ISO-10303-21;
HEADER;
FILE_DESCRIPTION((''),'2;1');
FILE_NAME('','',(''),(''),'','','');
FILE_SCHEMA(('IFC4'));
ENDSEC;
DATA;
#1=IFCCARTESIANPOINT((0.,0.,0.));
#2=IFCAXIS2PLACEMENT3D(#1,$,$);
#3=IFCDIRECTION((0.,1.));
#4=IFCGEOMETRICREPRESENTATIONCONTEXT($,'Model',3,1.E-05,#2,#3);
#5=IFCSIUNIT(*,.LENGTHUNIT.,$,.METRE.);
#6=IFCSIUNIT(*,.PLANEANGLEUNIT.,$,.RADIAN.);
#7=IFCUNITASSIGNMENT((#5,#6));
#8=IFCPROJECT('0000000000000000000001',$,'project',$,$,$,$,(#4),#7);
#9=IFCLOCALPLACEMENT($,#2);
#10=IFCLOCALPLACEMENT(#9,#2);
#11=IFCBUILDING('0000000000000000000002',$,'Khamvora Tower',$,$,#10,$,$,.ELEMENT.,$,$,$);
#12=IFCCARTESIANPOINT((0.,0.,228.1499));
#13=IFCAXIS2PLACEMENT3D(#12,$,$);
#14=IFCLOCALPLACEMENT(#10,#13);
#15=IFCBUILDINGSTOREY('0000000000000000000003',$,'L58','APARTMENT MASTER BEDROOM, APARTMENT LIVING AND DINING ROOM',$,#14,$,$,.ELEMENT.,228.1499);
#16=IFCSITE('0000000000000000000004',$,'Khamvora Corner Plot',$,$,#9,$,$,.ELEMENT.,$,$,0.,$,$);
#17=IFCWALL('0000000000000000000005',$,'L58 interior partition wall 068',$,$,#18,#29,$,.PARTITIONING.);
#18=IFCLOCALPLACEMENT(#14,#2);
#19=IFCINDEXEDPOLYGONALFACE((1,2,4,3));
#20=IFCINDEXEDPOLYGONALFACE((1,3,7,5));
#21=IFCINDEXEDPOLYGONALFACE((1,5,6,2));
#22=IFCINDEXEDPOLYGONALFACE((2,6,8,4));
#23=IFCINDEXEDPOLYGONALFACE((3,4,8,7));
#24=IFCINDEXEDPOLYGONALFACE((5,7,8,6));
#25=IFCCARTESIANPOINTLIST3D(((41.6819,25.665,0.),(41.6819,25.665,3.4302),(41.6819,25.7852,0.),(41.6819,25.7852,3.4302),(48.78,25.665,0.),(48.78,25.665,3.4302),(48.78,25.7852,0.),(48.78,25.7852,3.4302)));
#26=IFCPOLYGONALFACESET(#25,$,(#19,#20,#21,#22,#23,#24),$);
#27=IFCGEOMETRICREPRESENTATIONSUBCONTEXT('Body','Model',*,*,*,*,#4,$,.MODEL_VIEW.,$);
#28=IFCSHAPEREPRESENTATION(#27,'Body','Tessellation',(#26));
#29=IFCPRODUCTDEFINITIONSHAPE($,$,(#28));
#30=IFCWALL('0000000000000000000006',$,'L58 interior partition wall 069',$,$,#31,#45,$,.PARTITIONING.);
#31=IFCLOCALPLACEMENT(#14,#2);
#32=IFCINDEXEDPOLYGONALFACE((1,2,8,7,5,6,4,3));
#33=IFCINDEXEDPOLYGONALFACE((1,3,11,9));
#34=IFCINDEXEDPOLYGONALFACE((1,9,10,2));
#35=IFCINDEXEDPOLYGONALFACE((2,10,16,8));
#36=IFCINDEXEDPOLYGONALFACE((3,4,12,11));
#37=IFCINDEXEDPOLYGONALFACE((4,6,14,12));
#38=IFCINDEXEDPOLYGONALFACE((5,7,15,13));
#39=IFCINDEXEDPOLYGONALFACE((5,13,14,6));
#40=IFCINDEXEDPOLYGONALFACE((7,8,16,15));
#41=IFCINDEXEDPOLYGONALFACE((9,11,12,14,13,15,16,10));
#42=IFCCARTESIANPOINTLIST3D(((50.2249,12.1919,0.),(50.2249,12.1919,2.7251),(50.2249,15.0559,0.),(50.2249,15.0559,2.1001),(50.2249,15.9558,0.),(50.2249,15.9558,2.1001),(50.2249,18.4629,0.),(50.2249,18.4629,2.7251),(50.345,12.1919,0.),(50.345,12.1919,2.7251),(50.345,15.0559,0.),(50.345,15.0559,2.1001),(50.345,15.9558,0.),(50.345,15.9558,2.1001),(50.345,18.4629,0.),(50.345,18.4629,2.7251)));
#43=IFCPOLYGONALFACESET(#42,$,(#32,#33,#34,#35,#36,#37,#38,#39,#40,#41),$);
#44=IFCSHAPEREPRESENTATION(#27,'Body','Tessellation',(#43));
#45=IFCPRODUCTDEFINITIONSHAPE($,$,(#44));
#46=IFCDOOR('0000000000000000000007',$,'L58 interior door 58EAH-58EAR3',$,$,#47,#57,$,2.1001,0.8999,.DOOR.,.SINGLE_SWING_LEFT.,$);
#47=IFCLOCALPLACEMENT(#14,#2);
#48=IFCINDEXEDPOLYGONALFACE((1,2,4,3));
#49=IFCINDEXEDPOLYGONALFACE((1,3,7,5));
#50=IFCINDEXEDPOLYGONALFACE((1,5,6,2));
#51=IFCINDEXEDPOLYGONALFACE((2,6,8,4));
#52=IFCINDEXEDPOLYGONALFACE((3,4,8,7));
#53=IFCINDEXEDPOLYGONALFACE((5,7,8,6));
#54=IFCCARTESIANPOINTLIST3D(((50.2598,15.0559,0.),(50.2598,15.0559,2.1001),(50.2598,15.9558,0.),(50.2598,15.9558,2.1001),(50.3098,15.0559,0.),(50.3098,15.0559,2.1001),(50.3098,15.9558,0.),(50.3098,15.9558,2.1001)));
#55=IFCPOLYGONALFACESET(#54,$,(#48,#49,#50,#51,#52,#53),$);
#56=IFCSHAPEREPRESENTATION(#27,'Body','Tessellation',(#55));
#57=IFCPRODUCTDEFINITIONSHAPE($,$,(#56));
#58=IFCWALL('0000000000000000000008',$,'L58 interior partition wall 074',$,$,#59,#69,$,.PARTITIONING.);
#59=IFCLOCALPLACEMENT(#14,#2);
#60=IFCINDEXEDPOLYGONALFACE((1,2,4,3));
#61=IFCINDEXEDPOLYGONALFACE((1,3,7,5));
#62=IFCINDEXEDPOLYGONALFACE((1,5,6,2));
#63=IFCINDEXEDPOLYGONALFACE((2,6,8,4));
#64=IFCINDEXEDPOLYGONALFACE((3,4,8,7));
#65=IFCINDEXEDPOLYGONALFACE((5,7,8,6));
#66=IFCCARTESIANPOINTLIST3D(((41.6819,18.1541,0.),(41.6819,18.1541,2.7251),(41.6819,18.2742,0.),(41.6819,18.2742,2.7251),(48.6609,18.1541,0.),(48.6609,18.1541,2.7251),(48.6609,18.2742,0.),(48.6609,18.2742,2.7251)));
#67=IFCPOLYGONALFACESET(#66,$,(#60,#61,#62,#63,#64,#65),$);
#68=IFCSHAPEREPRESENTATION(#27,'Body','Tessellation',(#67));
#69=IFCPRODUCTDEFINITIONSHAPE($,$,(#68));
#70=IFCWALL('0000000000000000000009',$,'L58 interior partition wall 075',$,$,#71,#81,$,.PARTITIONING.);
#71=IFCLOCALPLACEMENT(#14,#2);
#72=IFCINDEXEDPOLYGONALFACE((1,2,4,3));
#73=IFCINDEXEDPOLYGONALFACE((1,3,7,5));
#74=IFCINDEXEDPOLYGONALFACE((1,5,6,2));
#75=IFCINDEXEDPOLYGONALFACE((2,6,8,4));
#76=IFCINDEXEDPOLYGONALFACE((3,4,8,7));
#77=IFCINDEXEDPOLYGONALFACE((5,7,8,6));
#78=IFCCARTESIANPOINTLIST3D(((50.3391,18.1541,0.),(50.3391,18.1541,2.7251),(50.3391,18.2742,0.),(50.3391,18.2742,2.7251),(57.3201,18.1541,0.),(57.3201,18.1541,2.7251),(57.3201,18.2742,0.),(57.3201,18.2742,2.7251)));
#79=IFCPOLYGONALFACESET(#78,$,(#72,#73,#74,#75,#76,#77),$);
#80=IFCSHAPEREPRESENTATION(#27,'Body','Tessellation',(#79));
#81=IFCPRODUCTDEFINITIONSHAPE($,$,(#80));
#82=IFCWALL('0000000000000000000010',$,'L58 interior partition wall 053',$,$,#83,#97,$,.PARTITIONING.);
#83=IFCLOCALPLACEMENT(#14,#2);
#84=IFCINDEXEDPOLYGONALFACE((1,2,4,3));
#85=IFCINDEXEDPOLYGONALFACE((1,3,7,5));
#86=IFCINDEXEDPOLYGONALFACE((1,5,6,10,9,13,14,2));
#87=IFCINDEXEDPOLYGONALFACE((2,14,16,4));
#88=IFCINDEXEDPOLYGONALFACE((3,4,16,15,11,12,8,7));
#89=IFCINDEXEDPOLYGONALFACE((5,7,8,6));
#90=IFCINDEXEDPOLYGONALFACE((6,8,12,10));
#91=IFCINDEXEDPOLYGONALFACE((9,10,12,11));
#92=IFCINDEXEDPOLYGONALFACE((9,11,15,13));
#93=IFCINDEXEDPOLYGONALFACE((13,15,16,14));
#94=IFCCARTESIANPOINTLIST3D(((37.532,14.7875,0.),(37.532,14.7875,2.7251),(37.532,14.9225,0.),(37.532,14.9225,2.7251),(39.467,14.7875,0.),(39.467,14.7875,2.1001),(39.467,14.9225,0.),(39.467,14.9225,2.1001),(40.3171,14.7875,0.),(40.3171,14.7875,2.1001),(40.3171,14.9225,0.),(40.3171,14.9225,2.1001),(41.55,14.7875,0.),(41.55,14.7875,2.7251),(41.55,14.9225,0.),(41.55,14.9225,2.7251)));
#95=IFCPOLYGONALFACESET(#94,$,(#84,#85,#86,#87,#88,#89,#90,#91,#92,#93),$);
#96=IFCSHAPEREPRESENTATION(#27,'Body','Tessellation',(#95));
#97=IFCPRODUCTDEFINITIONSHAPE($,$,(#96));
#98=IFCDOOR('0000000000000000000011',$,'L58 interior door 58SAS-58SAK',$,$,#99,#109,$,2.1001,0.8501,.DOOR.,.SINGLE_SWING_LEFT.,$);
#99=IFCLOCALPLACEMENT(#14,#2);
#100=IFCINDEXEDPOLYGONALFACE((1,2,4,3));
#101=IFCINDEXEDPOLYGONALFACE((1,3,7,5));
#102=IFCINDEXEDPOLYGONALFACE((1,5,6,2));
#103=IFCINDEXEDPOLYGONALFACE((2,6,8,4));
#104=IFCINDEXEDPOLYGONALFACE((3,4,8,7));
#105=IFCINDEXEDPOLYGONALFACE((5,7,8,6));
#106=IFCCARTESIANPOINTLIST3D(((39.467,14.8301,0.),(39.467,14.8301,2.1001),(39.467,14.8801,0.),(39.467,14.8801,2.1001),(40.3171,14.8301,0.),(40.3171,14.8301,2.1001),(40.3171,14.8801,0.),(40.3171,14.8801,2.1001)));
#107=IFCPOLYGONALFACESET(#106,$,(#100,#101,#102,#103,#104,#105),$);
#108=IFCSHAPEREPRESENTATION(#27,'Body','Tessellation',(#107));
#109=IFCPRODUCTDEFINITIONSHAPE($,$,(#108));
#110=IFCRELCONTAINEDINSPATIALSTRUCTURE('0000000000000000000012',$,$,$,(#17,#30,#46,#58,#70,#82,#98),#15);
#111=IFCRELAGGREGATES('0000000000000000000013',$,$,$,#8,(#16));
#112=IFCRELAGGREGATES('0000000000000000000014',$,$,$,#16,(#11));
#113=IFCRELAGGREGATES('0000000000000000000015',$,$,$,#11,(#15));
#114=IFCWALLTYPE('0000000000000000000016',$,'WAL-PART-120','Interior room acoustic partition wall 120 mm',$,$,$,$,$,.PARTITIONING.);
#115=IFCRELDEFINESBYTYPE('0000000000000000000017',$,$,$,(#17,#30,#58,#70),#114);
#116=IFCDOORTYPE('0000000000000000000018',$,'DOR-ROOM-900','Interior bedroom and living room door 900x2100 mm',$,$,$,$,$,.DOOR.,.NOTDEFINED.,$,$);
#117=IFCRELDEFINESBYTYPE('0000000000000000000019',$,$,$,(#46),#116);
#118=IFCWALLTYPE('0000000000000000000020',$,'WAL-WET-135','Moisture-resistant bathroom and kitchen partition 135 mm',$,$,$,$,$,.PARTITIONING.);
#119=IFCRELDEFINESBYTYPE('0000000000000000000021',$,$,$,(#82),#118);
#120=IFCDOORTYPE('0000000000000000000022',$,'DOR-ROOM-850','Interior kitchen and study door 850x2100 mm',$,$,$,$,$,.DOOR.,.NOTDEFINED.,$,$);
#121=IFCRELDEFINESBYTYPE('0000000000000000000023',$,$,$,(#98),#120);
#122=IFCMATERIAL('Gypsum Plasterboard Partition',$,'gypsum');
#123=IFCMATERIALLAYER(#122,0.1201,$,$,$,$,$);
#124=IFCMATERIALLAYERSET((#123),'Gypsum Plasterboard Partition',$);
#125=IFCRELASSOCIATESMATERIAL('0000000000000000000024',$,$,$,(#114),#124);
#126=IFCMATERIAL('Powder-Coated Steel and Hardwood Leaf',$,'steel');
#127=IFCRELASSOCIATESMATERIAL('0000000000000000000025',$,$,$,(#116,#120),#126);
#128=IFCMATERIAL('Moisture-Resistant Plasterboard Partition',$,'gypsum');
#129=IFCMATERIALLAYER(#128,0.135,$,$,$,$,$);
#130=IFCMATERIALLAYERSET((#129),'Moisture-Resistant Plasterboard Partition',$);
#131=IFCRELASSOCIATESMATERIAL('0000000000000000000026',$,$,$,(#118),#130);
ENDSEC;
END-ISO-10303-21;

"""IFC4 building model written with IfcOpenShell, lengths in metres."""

from ifc_helpers import new_model, si_unit, direction, frame, frame_2d, origin, place, context, subcontext, project, spatial, rectangle, extrude, material, layer, layer_set, type_object, element, fill, save


model = new_model("IFC4")

# Units and contexts
model_context = context("Model", 3, precision=1e-05, world=origin(), true_north=direction((0.0, 1.0)))
body_context = subcontext(model_context, "Body", "Model", "MODEL_VIEW")
ifc_project = project(units=[si_unit("LENGTHUNIT", "METRE"), si_unit("PLANEANGLEUNIT", "RADIAN")], contexts=[model_context])

# Site, building, storey
site_placement = place(None, origin())
site = spatial("IfcSite", under=ifc_project, at=site_placement, Name="Khamvora Corner Plot", CompositionType="ELEMENT", RefElevation=0.0)
building_placement = place(site_placement, origin())
building = spatial("IfcBuilding", under=site, at=building_placement, Name="Khamvora Tower", CompositionType="ELEMENT")
storey_placement = place(building_placement, frame((0.0, 0.0, 228.1499)))
storey = spatial("IfcBuildingStorey", under=building, at=storey_placement, Name="L58", Description="APARTMENT MASTER BEDROOM, APARTMENT LIVING AND DINING ROOM", CompositionType="ELEMENT", Elevation=228.1499)

# Shared definitions
ifc_material_1 = material(Name="Powder-Coated Steel and Hardwood Leaf", Category="steel")

# Shared definitions
ifc_material_2 = material(Name="Gypsum Plasterboard Partition", Category="gypsum")
ifc_layer_1 = layer(ifc_material_2, 0.1201)
ifc_layer_set_1 = layer_set([ifc_layer_1], Name="Gypsum Plasterboard Partition")
wall_type_1 = type_object("IfcWallType", Name="WAL-PART-120", Description="Interior room acoustic partition wall 120 mm", PredefinedType="PARTITIONING", material=ifc_layer_set_1)
door_type_1 = type_object("IfcDoorType", Name="DOR-ROOM-900", Description="Interior bedroom and living room door 900x2100 mm", OperationType="NOTDEFINED", PredefinedType="DOOR", material=ifc_material_1)

# Wall
wall_1_placement = place(storey_placement, frame((48.78, 25.7251, 0.0), z_axis=(0.0, 0.0, 1.0), x_axis=(-1.0, 0.0, 0.0)))
element("IfcWall", 1, at=wall_1_placement, inside=storey, type_object=wall_type_1, Name="L58 interior partition wall 068", PredefinedType="PARTITIONING", context=body_context, shape_type="SweptSolid", body=[
    extrude(rectangle(XDim=7.0981, YDim=0.1201, at=frame_2d((3.5491, 0.0))), origin(), (0.0, 0.0, 1.0), 3.4302),
])

# Wall, opening, door
wall_2_placement = place(storey_placement, frame((50.2849, 18.4629, 0.0), z_axis=(0.0, 0.0, 1.0), x_axis=(0.0, -1.0, 0.0)))
wall_2 = element("IfcWall", 2, at=wall_2_placement, inside=storey, type_object=wall_type_1, Name="L58 interior partition wall 069", PredefinedType="PARTITIONING", context=body_context, shape_type="SweptSolid", body=[
    extrude(rectangle(XDim=6.271, YDim=0.1201, at=frame_2d((3.1355, 0.0))), origin(), (0.0, 0.0, 1.0), 2.7251),
])
opening_1_placement = place(wall_2_placement, frame((2.5071, 0.0, 0.0)))
opening_1 = element("IfcOpeningElement", 3, at=opening_1_placement, cuts=wall_2, PredefinedType="OPENING", context=body_context, shape_type="SweptSolid", body=[
    extrude(rectangle(XDim=0.8999, YDim=2.1001, at=frame_2d((0.45, 1.05))), frame((0.0, 0.0701, 0.0), z_axis=(0.0, -1.0, 0.0), x_axis=(1.0, 0.0, 0.0)), (0.0, 0.0, 1.0), 0.1401),
])
door_1_placement = place(opening_1_placement, origin())
door_1 = element("IfcDoor", 4, at=door_1_placement, inside=storey, type_object=door_type_1, Name="L58 interior door 58EAH-58EAR3", OperationType="SINGLE_SWING_LEFT", OverallHeight=2.1001, OverallWidth=0.8999, PredefinedType="DOOR", context=body_context, shape_type="SweptSolid", body=[
    extrude(rectangle(XDim=0.8999, YDim=2.1001, at=frame_2d((0.45, 1.05))), frame((0.0, 0.0249, 0.0), z_axis=(0.0, -1.0, 0.0), x_axis=(1.0, 0.0, 0.0)), (0.0, 0.0, 1.0), 0.05),
])
fill(opening_1, door_1)

# Walls
wall_3_placement = place(storey_placement, frame((41.6819, 18.2141, 0.0), z_axis=(0.0, 0.0, 1.0), x_axis=(1.0, 0.0, 0.0)))
element("IfcWall", 5, at=wall_3_placement, inside=storey, type_object=wall_type_1, Name="L58 interior partition wall 074", PredefinedType="PARTITIONING", context=body_context, shape_type="SweptSolid", body=[
    extrude(rectangle(XDim=6.979, YDim=0.1201, at=frame_2d((3.4895, 0.0))), origin(), (0.0, 0.0, 1.0), 2.7251),
])
wall_4_placement = place(storey_placement, frame((50.3391, 18.2141, 0.0), z_axis=(0.0, 0.0, 1.0), x_axis=(1.0, 0.0, 0.0)))
element("IfcWall", 6, at=wall_4_placement, inside=storey, type_object=wall_type_1, Name="L58 interior partition wall 075", PredefinedType="PARTITIONING", context=body_context, shape_type="SweptSolid", body=[
    extrude(rectangle(XDim=6.981, YDim=0.1201, at=frame_2d((3.4905, 0.0))), origin(), (0.0, 0.0, 1.0), 2.7251),
])

# Wall, opening, door
ifc_material_3 = material(Name="Moisture-Resistant Plasterboard Partition", Category="gypsum")
ifc_layer_2 = layer(ifc_material_3, 0.135)
ifc_layer_set_2 = layer_set([ifc_layer_2], Name="Moisture-Resistant Plasterboard Partition")
wall_type_2 = type_object("IfcWallType", Name="WAL-WET-135", Description="Moisture-resistant bathroom and kitchen partition 135 mm", PredefinedType="PARTITIONING", material=ifc_layer_set_2)
wall_5_placement = place(storey_placement, frame((41.55, 14.855, 0.0), z_axis=(0.0, 0.0, 1.0), x_axis=(-1.0, 0.0, 0.0)))
wall_5 = element("IfcWall", 7, at=wall_5_placement, inside=storey, type_object=wall_type_2, Name="L58 interior partition wall 053", PredefinedType="PARTITIONING", context=body_context, shape_type="SweptSolid", body=[
    extrude(rectangle(XDim=4.0181, YDim=0.135, at=frame_2d((2.009, 0.0))), origin(), (0.0, 0.0, 1.0), 2.7251),
])
opening_2_placement = place(wall_5_placement, frame((1.2329, 0.0, 0.0)))
opening_2 = element("IfcOpeningElement", 8, at=opening_2_placement, cuts=wall_5, PredefinedType="OPENING", context=body_context, shape_type="SweptSolid", body=[
    extrude(rectangle(XDim=0.8501, YDim=2.1001, at=frame_2d((0.425, 1.05))), frame((0.0, 0.0774, 0.0), z_axis=(0.0, -1.0, 0.0), x_axis=(1.0, 0.0, 0.0)), (0.0, 0.0, 1.0), 0.155),
])
door_type_2 = type_object("IfcDoorType", Name="DOR-ROOM-850", Description="Interior kitchen and study door 850x2100 mm", OperationType="NOTDEFINED", PredefinedType="DOOR", material=ifc_material_1)
door_2_placement = place(opening_2_placement, origin())
door_2 = element("IfcDoor", 9, at=door_2_placement, inside=storey, type_object=door_type_2, Name="L58 interior door 58SAS-58SAK", OperationType="SINGLE_SWING_LEFT", OverallHeight=2.1001, OverallWidth=0.8501, PredefinedType="DOOR", context=body_context, shape_type="SweptSolid", body=[
    extrude(rectangle(XDim=0.8501, YDim=2.1001, at=frame_2d((0.425, 1.05))), frame((0.0, 0.0249, 0.0), z_axis=(0.0, -1.0, 0.0), x_axis=(1.0, 0.0, 0.0)), (0.0, 0.0, 1.0), 0.05),
])
fill(opening_2, door_2)

save(model, "model.ifc")
